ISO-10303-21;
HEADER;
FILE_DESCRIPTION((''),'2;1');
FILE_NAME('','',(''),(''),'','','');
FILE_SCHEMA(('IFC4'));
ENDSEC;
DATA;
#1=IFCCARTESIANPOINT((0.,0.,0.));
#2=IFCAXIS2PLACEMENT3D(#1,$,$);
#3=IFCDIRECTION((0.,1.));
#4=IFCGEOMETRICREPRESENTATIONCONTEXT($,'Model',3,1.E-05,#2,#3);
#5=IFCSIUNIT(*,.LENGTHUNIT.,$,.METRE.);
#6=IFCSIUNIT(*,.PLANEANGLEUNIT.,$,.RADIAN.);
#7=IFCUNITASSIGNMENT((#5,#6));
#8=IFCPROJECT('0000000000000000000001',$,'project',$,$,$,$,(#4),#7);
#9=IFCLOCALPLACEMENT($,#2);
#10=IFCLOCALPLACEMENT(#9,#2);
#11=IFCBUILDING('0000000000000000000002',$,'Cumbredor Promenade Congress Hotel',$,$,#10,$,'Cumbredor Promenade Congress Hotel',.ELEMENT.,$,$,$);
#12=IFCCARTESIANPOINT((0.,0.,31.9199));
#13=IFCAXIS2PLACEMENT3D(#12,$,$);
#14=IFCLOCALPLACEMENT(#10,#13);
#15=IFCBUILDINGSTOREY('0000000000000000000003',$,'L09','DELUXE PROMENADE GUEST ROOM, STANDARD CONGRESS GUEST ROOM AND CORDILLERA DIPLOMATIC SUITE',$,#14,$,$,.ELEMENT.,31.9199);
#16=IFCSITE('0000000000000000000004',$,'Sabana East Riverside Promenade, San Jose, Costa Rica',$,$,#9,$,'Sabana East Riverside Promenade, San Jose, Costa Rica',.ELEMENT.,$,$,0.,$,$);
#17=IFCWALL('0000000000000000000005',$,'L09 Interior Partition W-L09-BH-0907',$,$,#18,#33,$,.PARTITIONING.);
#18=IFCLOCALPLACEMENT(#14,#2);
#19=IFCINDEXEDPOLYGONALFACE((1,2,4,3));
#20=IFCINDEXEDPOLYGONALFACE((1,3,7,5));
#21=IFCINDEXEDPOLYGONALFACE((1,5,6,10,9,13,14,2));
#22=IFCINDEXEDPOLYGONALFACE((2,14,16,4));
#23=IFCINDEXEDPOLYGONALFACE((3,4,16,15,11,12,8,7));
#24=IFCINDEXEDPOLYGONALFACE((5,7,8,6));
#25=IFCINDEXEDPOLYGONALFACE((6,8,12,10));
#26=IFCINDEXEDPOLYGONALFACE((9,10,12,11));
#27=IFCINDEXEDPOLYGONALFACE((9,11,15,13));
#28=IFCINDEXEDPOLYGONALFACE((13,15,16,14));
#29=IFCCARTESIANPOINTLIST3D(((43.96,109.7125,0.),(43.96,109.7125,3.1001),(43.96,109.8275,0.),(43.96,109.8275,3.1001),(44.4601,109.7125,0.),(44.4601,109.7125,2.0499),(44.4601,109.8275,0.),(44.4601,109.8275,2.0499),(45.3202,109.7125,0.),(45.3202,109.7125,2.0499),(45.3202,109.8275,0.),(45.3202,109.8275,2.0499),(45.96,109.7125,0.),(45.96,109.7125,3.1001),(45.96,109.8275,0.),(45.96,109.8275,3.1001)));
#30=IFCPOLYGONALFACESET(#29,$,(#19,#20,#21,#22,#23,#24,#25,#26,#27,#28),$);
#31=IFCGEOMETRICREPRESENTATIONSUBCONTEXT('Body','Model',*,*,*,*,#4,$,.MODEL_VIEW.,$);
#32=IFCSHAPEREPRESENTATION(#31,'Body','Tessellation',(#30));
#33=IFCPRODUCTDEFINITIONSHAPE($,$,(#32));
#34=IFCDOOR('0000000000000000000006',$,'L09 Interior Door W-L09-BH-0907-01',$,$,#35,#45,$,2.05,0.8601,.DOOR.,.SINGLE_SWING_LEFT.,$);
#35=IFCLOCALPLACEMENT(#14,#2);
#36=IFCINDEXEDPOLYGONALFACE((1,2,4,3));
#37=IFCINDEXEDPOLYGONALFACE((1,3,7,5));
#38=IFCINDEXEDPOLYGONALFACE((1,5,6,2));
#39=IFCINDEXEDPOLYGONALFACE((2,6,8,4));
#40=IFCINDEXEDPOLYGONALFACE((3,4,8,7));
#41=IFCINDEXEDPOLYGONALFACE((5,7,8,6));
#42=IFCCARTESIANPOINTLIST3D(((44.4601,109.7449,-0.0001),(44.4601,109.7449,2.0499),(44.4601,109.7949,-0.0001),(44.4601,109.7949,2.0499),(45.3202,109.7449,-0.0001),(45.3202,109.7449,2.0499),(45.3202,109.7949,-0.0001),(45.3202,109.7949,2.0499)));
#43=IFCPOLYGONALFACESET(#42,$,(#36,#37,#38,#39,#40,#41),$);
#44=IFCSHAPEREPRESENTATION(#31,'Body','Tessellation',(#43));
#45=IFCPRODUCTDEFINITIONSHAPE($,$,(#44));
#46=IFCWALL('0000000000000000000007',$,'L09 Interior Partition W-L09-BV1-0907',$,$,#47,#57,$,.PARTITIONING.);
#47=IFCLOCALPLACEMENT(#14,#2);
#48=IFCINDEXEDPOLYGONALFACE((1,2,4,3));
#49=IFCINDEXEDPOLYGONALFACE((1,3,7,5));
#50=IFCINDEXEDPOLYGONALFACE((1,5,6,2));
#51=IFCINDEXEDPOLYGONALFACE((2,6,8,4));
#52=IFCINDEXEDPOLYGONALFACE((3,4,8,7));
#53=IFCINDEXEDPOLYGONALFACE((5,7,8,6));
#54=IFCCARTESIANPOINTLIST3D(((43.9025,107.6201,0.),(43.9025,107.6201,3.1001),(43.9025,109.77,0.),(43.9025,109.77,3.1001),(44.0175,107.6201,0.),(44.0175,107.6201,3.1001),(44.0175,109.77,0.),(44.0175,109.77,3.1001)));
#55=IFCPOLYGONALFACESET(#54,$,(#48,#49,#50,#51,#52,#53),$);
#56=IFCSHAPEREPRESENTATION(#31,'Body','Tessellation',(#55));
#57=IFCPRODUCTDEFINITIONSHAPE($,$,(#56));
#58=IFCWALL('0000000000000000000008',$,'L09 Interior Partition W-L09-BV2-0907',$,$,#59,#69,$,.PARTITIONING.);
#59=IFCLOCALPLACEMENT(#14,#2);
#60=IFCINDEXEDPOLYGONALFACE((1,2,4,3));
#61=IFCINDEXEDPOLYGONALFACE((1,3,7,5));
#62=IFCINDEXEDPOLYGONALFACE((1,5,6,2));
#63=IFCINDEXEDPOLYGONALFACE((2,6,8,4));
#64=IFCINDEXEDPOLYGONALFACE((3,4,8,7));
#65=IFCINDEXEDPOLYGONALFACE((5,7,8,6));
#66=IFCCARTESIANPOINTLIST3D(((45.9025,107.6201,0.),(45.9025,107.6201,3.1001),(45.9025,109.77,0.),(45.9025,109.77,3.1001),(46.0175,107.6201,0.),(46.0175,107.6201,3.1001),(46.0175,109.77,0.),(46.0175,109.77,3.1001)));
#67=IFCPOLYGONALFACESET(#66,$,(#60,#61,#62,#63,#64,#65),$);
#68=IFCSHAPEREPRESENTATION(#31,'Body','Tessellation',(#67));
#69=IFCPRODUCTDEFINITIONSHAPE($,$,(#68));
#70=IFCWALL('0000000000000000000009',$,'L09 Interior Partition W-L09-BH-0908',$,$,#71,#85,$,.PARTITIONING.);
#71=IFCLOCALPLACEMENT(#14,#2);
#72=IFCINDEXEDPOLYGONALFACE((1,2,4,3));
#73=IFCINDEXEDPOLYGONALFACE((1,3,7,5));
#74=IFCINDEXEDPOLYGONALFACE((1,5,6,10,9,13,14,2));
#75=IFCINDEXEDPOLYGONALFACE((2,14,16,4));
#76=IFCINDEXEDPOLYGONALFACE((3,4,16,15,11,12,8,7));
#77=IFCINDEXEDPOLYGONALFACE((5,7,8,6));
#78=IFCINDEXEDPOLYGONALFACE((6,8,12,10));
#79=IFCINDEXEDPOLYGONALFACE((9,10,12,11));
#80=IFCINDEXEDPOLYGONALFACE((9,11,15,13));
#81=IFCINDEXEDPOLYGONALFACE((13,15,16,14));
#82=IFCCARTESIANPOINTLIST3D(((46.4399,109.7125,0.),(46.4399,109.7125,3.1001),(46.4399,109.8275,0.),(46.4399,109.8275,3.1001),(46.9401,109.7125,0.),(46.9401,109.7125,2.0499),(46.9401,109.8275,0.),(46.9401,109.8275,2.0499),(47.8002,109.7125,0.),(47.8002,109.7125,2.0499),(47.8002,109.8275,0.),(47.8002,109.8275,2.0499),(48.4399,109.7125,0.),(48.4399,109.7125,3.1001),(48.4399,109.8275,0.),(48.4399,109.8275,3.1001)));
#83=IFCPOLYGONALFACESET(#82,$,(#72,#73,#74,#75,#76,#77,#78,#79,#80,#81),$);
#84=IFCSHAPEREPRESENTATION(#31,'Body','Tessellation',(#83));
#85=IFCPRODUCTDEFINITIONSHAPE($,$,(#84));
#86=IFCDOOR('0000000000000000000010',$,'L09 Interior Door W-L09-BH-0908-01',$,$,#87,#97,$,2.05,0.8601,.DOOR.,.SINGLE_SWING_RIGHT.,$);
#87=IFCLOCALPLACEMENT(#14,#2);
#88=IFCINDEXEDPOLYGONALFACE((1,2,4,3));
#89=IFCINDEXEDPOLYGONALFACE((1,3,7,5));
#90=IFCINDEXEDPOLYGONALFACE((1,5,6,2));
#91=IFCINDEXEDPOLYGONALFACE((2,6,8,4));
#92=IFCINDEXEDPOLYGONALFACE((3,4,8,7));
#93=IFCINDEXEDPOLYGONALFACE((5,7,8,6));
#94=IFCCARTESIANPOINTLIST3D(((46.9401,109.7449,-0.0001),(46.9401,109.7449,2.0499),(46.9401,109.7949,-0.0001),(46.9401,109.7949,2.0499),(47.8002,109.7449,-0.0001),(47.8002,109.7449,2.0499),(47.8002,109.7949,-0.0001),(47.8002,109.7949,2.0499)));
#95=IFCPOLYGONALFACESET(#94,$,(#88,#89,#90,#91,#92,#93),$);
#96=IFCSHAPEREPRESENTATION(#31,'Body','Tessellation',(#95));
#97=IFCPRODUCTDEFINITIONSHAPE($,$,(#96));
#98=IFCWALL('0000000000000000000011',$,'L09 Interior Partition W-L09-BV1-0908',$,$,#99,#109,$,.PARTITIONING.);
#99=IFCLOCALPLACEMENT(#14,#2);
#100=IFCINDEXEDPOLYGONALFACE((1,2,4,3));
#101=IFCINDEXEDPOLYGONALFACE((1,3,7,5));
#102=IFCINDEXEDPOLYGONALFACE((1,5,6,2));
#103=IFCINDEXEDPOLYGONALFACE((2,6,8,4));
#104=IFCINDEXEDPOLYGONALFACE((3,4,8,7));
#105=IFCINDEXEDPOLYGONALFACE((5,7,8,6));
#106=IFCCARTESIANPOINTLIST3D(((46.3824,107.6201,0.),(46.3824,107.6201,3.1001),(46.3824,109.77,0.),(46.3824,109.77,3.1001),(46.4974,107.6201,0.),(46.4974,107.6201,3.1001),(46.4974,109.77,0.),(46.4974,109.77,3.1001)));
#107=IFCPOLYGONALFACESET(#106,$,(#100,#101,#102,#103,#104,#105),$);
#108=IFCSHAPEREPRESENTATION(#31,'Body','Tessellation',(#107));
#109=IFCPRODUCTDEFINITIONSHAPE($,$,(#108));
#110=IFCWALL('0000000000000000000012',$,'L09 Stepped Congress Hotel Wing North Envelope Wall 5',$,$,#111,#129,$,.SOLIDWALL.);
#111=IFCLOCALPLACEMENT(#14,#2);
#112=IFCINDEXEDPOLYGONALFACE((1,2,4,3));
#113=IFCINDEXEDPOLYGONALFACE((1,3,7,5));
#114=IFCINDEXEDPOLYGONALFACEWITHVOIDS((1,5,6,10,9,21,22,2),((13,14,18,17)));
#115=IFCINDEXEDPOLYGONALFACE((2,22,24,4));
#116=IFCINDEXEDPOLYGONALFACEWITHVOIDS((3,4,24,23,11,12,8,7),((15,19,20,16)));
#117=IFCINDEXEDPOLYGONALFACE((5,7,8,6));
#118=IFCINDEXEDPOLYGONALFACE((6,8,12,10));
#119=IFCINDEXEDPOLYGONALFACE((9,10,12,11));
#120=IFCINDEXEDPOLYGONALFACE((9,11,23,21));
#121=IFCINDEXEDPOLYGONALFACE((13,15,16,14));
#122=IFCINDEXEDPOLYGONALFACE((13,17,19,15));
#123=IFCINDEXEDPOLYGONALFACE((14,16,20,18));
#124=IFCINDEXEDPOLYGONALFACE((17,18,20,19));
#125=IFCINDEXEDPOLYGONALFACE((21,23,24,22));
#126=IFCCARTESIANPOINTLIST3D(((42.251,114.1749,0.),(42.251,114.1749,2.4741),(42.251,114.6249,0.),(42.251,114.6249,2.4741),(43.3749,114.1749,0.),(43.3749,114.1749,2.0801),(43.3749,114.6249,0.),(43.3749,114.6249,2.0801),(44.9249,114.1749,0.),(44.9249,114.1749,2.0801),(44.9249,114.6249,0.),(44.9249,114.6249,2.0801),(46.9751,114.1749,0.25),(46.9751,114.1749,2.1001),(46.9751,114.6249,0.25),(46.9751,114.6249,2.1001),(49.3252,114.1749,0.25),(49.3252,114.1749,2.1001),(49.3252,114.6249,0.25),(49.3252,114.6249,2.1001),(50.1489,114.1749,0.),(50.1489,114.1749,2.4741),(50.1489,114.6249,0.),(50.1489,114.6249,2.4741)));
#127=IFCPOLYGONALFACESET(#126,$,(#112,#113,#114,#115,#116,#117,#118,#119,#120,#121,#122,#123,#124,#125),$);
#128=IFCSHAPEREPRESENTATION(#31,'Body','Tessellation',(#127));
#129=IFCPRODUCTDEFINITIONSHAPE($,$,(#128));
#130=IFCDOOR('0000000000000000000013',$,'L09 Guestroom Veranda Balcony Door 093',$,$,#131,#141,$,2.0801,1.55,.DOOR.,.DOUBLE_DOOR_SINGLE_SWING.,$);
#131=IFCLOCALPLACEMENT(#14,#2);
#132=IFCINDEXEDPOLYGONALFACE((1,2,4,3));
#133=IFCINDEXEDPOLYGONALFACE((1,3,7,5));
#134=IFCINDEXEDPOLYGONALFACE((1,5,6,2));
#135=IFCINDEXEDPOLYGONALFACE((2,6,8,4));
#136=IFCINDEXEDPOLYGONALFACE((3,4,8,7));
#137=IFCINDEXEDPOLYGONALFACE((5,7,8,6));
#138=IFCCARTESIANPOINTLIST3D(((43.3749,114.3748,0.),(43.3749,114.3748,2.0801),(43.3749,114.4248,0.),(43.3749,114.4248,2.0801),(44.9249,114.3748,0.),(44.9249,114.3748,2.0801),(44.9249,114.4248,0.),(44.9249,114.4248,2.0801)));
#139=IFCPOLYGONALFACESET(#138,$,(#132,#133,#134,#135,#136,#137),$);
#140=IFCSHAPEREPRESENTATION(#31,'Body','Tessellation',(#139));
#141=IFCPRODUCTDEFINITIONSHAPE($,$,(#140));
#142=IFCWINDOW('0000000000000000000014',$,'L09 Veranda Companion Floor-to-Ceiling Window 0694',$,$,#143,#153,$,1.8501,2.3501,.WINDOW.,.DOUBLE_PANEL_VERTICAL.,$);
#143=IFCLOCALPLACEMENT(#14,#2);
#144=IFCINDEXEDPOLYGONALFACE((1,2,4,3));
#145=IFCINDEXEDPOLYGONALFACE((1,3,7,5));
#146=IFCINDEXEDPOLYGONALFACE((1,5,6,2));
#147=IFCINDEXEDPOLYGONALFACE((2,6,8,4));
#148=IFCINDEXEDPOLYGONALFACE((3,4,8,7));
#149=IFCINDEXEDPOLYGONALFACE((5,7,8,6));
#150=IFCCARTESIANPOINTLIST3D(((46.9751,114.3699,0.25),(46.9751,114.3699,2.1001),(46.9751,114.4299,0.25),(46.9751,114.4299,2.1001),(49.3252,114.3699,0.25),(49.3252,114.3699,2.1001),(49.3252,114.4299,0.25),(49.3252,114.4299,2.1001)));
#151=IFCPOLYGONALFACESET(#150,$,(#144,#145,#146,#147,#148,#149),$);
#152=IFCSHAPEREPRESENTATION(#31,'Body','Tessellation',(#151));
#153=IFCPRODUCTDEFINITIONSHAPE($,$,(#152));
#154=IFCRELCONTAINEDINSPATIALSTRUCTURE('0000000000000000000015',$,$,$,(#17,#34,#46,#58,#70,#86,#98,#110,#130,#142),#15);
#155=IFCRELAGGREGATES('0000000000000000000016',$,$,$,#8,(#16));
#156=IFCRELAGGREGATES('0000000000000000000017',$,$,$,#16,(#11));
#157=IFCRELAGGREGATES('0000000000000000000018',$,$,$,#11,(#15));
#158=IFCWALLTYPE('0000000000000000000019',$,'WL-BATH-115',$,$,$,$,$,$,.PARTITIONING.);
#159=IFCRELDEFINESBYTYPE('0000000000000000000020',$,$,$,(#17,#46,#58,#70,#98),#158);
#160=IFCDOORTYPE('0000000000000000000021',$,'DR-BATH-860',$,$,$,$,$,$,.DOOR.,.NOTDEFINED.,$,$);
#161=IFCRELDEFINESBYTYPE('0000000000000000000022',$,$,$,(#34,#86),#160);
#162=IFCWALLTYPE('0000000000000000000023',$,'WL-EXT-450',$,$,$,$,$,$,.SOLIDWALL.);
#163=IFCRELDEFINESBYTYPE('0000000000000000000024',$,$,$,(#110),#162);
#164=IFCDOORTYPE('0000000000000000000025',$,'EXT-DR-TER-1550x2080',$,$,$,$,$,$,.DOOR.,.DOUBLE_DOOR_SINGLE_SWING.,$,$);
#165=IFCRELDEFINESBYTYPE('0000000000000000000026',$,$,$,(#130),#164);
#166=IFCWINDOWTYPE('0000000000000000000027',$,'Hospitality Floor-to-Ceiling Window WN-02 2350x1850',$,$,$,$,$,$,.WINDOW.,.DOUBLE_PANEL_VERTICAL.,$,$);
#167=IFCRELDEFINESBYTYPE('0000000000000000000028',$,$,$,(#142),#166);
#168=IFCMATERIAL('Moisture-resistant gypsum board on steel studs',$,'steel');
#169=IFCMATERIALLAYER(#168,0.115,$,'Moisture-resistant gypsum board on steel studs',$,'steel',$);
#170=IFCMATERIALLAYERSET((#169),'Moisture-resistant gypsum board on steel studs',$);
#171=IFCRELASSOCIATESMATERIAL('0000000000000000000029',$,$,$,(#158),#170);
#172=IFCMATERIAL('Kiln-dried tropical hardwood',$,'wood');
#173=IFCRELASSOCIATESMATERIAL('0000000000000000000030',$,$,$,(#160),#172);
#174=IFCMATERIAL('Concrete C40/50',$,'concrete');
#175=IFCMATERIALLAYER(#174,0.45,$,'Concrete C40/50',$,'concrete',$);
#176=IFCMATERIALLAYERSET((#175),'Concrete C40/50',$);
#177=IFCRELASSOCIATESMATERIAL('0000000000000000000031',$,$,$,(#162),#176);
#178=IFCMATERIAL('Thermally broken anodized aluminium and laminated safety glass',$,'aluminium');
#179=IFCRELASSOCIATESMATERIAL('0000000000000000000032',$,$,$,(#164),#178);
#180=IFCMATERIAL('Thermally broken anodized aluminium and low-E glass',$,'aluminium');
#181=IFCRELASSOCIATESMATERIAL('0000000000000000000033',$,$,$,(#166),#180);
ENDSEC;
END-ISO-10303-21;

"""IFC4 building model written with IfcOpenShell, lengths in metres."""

from ifc_helpers import new_model, si_unit, direction, frame, frame_2d, origin, place, context, subcontext, project, spatial, rectangle, extrude, material, layer, layer_set, type_object, element, fill, save


model = new_model("IFC4")

# Units and contexts
model_context = context("Model", 3, precision=1e-05, world=origin(), true_north=direction((0.0, 1.0)))
body_context = subcontext(model_context, "Body", "Model", "MODEL_VIEW")
ifc_project = project(units=[si_unit("LENGTHUNIT", "METRE"), si_unit("PLANEANGLEUNIT", "RADIAN")], contexts=[model_context])

# Site, building, storey
site_placement = place(None, origin())
site = spatial("IfcSite", under=ifc_project, at=site_placement, Name="Sabana East Riverside Promenade, San Jose, Costa Rica", LongName="Sabana East Riverside Promenade, San Jose, Costa Rica", CompositionType="ELEMENT", RefElevation=0.0)
building_placement = place(site_placement, origin())
building = spatial("IfcBuilding", under=site, at=building_placement, Name="Cumbredor Promenade Congress Hotel", LongName="Cumbredor Promenade Congress Hotel", CompositionType="ELEMENT")
storey_placement = place(building_placement, frame((0.0, 0.0, 31.9199)))
storey = spatial("IfcBuildingStorey", under=building, at=storey_placement, Name="L09", Description="DELUXE PROMENADE GUEST ROOM, STANDARD CONGRESS GUEST ROOM AND CORDILLERA DIPLOMATIC SUITE", CompositionType="ELEMENT", Elevation=31.9199)

# Shared definitions
ifc_material_1 = material(Name="Concrete C40/50", Category="concrete")

# Shared definitions
ifc_material_2 = material(Name="Thermally broken anodized aluminium and low-E glass", Category="aluminium")

# Shared definitions
ifc_material_3 = material(Name="Kiln-dried tropical hardwood", Category="wood")

# Wall, opening, door
ifc_material_4 = material(Name="Moisture-resistant gypsum board on steel studs", Category="steel")
ifc_layer_1 = layer(ifc_material_4, 0.115, Name="Moisture-resistant gypsum board on steel studs", Category="steel")
ifc_layer_set_1 = layer_set([ifc_layer_1], Name="Moisture-resistant gypsum board on steel studs")
wall_type_1 = type_object("IfcWallType", Name="WL-BATH-115", PredefinedType="PARTITIONING", material=ifc_layer_set_1)
wall_1_placement = place(storey_placement, frame((43.96, 109.77, 0.0), z_axis=(0.0, 0.0, 1.0), x_axis=(1.0, 0.0, 0.0)))
wall_1 = element("IfcWall", 1, at=wall_1_placement, inside=storey, type_object=wall_type_1, Name="L09 Interior Partition W-L09-BH-0907", PredefinedType="PARTITIONING", context=body_context, shape_type="SweptSolid", body=[
    extrude(rectangle(XDim=2.0, YDim=0.115, at=frame_2d((1.0, 0.0))), origin(), (0.0, 0.0, 1.0), 3.1001),
])
opening_1_placement = place(wall_1_placement, frame((0.5, 0.0, 0.0)))
opening_1 = element("IfcOpeningElement", 2, at=opening_1_placement, cuts=wall_1, PredefinedType="OPENING", context=body_context, shape_type="SweptSolid", body=[
    extrude(rectangle(XDim=0.8601, YDim=2.05, at=frame_2d((0.4302, 1.0249))), frame((0.0, 0.0674, 0.0), z_axis=(0.0, -1.0, 0.0), x_axis=(1.0, 0.0, 0.0)), (0.0, 0.0, 1.0), 0.135),
])
door_type_1 = type_object("IfcDoorType", Name="DR-BATH-860", OperationType="NOTDEFINED", PredefinedType="DOOR", material=ifc_material_3)
door_1_placement = place(opening_1_placement, origin())
door_1 = element("IfcDoor", 3, at=door_1_placement, inside=storey, type_object=door_type_1, Name="L09 Interior Door W-L09-BH-0907-01", OperationType="SINGLE_SWING_LEFT", OverallHeight=2.05, OverallWidth=0.8601, PredefinedType="DOOR", context=body_context, shape_type="SweptSolid", body=[
    extrude(rectangle(XDim=0.8601, YDim=2.05, at=frame_2d((0.4302, 1.0249))), frame((0.0, 0.0249, 0.0), z_axis=(0.0, -1.0, 0.0), x_axis=(1.0, 0.0, 0.0)), (0.0, 0.0, 1.0), 0.05),
])
fill(opening_1, door_1)

# Walls
for number, where, z_axis, x_axis, name in (
    (4, (43.96, 107.6201, 0.0), (0.0, 0.0, 1.0), (0.0, 1.0, 0.0), "L09 Interior Partition W-L09-BV1-0907"),
    (5, (45.96, 107.6201, 0.0), (0.0, 0.0, 1.0), (0.0, 1.0, 0.0), "L09 Interior Partition W-L09-BV2-0907"),
):
    element("IfcWall", number, at=place(storey_placement, frame(where, z_axis=z_axis, x_axis=x_axis)), inside=storey, type_object=wall_type_1, Name=name, PredefinedType="PARTITIONING", context=body_context, shape_type="SweptSolid", body=[
        extrude(rectangle(XDim=2.1499, YDim=0.115, at=frame_2d((1.075, 0.0))), origin(), (0.0, 0.0, 1.0), 3.1001),
    ])

# Wall, opening, door
wall_2_placement = place(storey_placement, frame((46.4399, 109.77, 0.0), z_axis=(0.0, 0.0, 1.0), x_axis=(1.0, 0.0, 0.0)))
wall_2 = element("IfcWall", 6, at=wall_2_placement, inside=storey, type_object=wall_type_1, Name="L09 Interior Partition W-L09-BH-0908", PredefinedType="PARTITIONING", context=body_context, shape_type="SweptSolid", body=[
    extrude(rectangle(XDim=2.0, YDim=0.115, at=frame_2d((1.0, 0.0))), origin(), (0.0, 0.0, 1.0), 3.1001),
])
opening_2_placement = place(wall_2_placement, frame((0.5, 0.0, 0.0)))
opening_2 = element("IfcOpeningElement", 7, at=opening_2_placement, cuts=wall_2, PredefinedType="OPENING", context=body_context, shape_type="SweptSolid", body=[
    extrude(rectangle(XDim=0.8601, YDim=2.05, at=frame_2d((0.4302, 1.0249))), frame((0.0, 0.0674, 0.0), z_axis=(0.0, -1.0, 0.0), x_axis=(1.0, 0.0, 0.0)), (0.0, 0.0, 1.0), 0.135),
])
door_2_placement = place(opening_2_placement, origin())
door_2 = element("IfcDoor", 8, at=door_2_placement, inside=storey, type_object=door_type_1, Name="L09 Interior Door W-L09-BH-0908-01", OperationType="SINGLE_SWING_RIGHT", OverallHeight=2.05, OverallWidth=0.8601, PredefinedType="DOOR", context=body_context, shape_type="SweptSolid", body=[
    extrude(rectangle(XDim=0.8601, YDim=2.05, at=frame_2d((0.4302, 1.0249))), frame((0.0, 0.0249, 0.0), z_axis=(0.0, -1.0, 0.0), x_axis=(1.0, 0.0, 0.0)), (0.0, 0.0, 1.0), 0.05),
])
fill(opening_2, door_2)

# Wall
wall_3_placement = place(storey_placement, frame((46.4399, 107.6201, 0.0), z_axis=(0.0, 0.0, 1.0), x_axis=(0.0, 1.0, 0.0)))
element("IfcWall", 9, at=wall_3_placement, inside=storey, type_object=wall_type_1, Name="L09 Interior Partition W-L09-BV1-0908", PredefinedType="PARTITIONING", context=body_context, shape_type="SweptSolid", body=[
    extrude(rectangle(XDim=2.1499, YDim=0.115, at=frame_2d((1.075, 0.0))), origin(), (0.0, 0.0, 1.0), 3.1001),
])

# Wall, openings, door, window
ifc_layer_2 = layer(ifc_material_1, 0.45, Name="Concrete C40/50", Category="concrete")
ifc_layer_set_2 = layer_set([ifc_layer_2], Name="Concrete C40/50")
wall_type_2 = type_object("IfcWallType", Name="WL-EXT-450", PredefinedType="SOLIDWALL", material=ifc_layer_set_2)
wall_4_placement = place(storey_placement, frame((42.251, 114.3999, 0.0), z_axis=(0.0, 0.0, 1.0), x_axis=(1.0, 0.0, 0.0)))
wall_4 = element("IfcWall", 10, at=wall_4_placement, inside=storey, type_object=wall_type_2, Name="L09 Stepped Congress Hotel Wing North Envelope Wall 5", PredefinedType="SOLIDWALL", context=body_context, shape_type="SweptSolid", body=[
    extrude(rectangle(XDim=7.8979, YDim=0.45, at=frame_2d((3.949, 0.0))), origin(), (0.0, 0.0, 1.0), 2.4741),
])
opening_3_placement = place(wall_4_placement, frame((1.124, 0.0, 0.0)))
opening_3 = element("IfcOpeningElement", 11, at=opening_3_placement, cuts=wall_4, PredefinedType="OPENING", context=body_context, shape_type="SweptSolid", body=[
    extrude(rectangle(XDim=1.55, YDim=2.0801, at=frame_2d((0.7749, 1.04))), frame((0.0, 0.2349, 0.0), z_axis=(0.0, -1.0, 0.0), x_axis=(1.0, 0.0, 0.0)), (0.0, 0.0, 1.0), 0.47),
])
opening_4_placement = place(wall_4_placement, frame((4.7241, 0.0, 0.25)))
opening_4 = element("IfcOpeningElement", 12, at=opening_4_placement, cuts=wall_4, PredefinedType="OPENING", context=body_context, shape_type="SweptSolid", body=[
    extrude(rectangle(XDim=2.3501, YDim=1.8501, at=frame_2d((1.175, 0.925))), frame((0.0, 0.2349, 0.0), z_axis=(0.0, -1.0, 0.0), x_axis=(1.0, 0.0, 0.0)), (0.0, 0.0, 1.0), 0.47),
])
ifc_material_5 = material(Name="Thermally broken anodized aluminium and laminated safety glass", Category="aluminium")
door_type_2 = type_object("IfcDoorType", Name="EXT-DR-TER-1550x2080", OperationType="DOUBLE_DOOR_SINGLE_SWING", PredefinedType="DOOR", material=ifc_material_5)
door_3_placement = place(opening_3_placement, origin())
door_3 = element("IfcDoor", 13, at=door_3_placement, inside=storey, type_object=door_type_2, Name="L09 Guestroom Veranda Balcony Door 093", OperationType="DOUBLE_DOOR_SINGLE_SWING", OverallHeight=2.0801, OverallWidth=1.55, PredefinedType="DOOR", context=body_context, shape_type="SweptSolid", body=[
    extrude(rectangle(XDim=1.55, YDim=2.0801, at=frame_2d((0.7749, 1.04))), frame((0.0, 0.0249, 0.0), z_axis=(0.0, -1.0, 0.0), x_axis=(1.0, 0.0, 0.0)), (0.0, 0.0, 1.0), 0.05),
])
fill(opening_3, door_3)
window_type = type_object("IfcWindowType", Name="Hospitality Floor-to-Ceiling Window WN-02 2350x1850", PartitioningType="DOUBLE_PANEL_VERTICAL", PredefinedType="WINDOW", material=ifc_material_2)
window_placement = place(opening_4_placement, origin())
window = element("IfcWindow", 14, at=window_placement, inside=storey, type_object=window_type, Name="L09 Veranda Companion Floor-to-Ceiling Window 0694", OverallHeight=1.8501, OverallWidth=2.3501, PartitioningType="DOUBLE_PANEL_VERTICAL", PredefinedType="WINDOW", context=body_context, shape_type="SweptSolid", body=[
    extrude(rectangle(XDim=2.3501, YDim=1.8501, at=frame_2d((1.175, 0.925))), frame((0.0, 0.03, 0.0), z_axis=(0.0, -1.0, 0.0), x_axis=(1.0, 0.0, 0.0)), (0.0, 0.0, 1.0), 0.0601),
])
fill(opening_4, window)

save(model, "model.ifc")
